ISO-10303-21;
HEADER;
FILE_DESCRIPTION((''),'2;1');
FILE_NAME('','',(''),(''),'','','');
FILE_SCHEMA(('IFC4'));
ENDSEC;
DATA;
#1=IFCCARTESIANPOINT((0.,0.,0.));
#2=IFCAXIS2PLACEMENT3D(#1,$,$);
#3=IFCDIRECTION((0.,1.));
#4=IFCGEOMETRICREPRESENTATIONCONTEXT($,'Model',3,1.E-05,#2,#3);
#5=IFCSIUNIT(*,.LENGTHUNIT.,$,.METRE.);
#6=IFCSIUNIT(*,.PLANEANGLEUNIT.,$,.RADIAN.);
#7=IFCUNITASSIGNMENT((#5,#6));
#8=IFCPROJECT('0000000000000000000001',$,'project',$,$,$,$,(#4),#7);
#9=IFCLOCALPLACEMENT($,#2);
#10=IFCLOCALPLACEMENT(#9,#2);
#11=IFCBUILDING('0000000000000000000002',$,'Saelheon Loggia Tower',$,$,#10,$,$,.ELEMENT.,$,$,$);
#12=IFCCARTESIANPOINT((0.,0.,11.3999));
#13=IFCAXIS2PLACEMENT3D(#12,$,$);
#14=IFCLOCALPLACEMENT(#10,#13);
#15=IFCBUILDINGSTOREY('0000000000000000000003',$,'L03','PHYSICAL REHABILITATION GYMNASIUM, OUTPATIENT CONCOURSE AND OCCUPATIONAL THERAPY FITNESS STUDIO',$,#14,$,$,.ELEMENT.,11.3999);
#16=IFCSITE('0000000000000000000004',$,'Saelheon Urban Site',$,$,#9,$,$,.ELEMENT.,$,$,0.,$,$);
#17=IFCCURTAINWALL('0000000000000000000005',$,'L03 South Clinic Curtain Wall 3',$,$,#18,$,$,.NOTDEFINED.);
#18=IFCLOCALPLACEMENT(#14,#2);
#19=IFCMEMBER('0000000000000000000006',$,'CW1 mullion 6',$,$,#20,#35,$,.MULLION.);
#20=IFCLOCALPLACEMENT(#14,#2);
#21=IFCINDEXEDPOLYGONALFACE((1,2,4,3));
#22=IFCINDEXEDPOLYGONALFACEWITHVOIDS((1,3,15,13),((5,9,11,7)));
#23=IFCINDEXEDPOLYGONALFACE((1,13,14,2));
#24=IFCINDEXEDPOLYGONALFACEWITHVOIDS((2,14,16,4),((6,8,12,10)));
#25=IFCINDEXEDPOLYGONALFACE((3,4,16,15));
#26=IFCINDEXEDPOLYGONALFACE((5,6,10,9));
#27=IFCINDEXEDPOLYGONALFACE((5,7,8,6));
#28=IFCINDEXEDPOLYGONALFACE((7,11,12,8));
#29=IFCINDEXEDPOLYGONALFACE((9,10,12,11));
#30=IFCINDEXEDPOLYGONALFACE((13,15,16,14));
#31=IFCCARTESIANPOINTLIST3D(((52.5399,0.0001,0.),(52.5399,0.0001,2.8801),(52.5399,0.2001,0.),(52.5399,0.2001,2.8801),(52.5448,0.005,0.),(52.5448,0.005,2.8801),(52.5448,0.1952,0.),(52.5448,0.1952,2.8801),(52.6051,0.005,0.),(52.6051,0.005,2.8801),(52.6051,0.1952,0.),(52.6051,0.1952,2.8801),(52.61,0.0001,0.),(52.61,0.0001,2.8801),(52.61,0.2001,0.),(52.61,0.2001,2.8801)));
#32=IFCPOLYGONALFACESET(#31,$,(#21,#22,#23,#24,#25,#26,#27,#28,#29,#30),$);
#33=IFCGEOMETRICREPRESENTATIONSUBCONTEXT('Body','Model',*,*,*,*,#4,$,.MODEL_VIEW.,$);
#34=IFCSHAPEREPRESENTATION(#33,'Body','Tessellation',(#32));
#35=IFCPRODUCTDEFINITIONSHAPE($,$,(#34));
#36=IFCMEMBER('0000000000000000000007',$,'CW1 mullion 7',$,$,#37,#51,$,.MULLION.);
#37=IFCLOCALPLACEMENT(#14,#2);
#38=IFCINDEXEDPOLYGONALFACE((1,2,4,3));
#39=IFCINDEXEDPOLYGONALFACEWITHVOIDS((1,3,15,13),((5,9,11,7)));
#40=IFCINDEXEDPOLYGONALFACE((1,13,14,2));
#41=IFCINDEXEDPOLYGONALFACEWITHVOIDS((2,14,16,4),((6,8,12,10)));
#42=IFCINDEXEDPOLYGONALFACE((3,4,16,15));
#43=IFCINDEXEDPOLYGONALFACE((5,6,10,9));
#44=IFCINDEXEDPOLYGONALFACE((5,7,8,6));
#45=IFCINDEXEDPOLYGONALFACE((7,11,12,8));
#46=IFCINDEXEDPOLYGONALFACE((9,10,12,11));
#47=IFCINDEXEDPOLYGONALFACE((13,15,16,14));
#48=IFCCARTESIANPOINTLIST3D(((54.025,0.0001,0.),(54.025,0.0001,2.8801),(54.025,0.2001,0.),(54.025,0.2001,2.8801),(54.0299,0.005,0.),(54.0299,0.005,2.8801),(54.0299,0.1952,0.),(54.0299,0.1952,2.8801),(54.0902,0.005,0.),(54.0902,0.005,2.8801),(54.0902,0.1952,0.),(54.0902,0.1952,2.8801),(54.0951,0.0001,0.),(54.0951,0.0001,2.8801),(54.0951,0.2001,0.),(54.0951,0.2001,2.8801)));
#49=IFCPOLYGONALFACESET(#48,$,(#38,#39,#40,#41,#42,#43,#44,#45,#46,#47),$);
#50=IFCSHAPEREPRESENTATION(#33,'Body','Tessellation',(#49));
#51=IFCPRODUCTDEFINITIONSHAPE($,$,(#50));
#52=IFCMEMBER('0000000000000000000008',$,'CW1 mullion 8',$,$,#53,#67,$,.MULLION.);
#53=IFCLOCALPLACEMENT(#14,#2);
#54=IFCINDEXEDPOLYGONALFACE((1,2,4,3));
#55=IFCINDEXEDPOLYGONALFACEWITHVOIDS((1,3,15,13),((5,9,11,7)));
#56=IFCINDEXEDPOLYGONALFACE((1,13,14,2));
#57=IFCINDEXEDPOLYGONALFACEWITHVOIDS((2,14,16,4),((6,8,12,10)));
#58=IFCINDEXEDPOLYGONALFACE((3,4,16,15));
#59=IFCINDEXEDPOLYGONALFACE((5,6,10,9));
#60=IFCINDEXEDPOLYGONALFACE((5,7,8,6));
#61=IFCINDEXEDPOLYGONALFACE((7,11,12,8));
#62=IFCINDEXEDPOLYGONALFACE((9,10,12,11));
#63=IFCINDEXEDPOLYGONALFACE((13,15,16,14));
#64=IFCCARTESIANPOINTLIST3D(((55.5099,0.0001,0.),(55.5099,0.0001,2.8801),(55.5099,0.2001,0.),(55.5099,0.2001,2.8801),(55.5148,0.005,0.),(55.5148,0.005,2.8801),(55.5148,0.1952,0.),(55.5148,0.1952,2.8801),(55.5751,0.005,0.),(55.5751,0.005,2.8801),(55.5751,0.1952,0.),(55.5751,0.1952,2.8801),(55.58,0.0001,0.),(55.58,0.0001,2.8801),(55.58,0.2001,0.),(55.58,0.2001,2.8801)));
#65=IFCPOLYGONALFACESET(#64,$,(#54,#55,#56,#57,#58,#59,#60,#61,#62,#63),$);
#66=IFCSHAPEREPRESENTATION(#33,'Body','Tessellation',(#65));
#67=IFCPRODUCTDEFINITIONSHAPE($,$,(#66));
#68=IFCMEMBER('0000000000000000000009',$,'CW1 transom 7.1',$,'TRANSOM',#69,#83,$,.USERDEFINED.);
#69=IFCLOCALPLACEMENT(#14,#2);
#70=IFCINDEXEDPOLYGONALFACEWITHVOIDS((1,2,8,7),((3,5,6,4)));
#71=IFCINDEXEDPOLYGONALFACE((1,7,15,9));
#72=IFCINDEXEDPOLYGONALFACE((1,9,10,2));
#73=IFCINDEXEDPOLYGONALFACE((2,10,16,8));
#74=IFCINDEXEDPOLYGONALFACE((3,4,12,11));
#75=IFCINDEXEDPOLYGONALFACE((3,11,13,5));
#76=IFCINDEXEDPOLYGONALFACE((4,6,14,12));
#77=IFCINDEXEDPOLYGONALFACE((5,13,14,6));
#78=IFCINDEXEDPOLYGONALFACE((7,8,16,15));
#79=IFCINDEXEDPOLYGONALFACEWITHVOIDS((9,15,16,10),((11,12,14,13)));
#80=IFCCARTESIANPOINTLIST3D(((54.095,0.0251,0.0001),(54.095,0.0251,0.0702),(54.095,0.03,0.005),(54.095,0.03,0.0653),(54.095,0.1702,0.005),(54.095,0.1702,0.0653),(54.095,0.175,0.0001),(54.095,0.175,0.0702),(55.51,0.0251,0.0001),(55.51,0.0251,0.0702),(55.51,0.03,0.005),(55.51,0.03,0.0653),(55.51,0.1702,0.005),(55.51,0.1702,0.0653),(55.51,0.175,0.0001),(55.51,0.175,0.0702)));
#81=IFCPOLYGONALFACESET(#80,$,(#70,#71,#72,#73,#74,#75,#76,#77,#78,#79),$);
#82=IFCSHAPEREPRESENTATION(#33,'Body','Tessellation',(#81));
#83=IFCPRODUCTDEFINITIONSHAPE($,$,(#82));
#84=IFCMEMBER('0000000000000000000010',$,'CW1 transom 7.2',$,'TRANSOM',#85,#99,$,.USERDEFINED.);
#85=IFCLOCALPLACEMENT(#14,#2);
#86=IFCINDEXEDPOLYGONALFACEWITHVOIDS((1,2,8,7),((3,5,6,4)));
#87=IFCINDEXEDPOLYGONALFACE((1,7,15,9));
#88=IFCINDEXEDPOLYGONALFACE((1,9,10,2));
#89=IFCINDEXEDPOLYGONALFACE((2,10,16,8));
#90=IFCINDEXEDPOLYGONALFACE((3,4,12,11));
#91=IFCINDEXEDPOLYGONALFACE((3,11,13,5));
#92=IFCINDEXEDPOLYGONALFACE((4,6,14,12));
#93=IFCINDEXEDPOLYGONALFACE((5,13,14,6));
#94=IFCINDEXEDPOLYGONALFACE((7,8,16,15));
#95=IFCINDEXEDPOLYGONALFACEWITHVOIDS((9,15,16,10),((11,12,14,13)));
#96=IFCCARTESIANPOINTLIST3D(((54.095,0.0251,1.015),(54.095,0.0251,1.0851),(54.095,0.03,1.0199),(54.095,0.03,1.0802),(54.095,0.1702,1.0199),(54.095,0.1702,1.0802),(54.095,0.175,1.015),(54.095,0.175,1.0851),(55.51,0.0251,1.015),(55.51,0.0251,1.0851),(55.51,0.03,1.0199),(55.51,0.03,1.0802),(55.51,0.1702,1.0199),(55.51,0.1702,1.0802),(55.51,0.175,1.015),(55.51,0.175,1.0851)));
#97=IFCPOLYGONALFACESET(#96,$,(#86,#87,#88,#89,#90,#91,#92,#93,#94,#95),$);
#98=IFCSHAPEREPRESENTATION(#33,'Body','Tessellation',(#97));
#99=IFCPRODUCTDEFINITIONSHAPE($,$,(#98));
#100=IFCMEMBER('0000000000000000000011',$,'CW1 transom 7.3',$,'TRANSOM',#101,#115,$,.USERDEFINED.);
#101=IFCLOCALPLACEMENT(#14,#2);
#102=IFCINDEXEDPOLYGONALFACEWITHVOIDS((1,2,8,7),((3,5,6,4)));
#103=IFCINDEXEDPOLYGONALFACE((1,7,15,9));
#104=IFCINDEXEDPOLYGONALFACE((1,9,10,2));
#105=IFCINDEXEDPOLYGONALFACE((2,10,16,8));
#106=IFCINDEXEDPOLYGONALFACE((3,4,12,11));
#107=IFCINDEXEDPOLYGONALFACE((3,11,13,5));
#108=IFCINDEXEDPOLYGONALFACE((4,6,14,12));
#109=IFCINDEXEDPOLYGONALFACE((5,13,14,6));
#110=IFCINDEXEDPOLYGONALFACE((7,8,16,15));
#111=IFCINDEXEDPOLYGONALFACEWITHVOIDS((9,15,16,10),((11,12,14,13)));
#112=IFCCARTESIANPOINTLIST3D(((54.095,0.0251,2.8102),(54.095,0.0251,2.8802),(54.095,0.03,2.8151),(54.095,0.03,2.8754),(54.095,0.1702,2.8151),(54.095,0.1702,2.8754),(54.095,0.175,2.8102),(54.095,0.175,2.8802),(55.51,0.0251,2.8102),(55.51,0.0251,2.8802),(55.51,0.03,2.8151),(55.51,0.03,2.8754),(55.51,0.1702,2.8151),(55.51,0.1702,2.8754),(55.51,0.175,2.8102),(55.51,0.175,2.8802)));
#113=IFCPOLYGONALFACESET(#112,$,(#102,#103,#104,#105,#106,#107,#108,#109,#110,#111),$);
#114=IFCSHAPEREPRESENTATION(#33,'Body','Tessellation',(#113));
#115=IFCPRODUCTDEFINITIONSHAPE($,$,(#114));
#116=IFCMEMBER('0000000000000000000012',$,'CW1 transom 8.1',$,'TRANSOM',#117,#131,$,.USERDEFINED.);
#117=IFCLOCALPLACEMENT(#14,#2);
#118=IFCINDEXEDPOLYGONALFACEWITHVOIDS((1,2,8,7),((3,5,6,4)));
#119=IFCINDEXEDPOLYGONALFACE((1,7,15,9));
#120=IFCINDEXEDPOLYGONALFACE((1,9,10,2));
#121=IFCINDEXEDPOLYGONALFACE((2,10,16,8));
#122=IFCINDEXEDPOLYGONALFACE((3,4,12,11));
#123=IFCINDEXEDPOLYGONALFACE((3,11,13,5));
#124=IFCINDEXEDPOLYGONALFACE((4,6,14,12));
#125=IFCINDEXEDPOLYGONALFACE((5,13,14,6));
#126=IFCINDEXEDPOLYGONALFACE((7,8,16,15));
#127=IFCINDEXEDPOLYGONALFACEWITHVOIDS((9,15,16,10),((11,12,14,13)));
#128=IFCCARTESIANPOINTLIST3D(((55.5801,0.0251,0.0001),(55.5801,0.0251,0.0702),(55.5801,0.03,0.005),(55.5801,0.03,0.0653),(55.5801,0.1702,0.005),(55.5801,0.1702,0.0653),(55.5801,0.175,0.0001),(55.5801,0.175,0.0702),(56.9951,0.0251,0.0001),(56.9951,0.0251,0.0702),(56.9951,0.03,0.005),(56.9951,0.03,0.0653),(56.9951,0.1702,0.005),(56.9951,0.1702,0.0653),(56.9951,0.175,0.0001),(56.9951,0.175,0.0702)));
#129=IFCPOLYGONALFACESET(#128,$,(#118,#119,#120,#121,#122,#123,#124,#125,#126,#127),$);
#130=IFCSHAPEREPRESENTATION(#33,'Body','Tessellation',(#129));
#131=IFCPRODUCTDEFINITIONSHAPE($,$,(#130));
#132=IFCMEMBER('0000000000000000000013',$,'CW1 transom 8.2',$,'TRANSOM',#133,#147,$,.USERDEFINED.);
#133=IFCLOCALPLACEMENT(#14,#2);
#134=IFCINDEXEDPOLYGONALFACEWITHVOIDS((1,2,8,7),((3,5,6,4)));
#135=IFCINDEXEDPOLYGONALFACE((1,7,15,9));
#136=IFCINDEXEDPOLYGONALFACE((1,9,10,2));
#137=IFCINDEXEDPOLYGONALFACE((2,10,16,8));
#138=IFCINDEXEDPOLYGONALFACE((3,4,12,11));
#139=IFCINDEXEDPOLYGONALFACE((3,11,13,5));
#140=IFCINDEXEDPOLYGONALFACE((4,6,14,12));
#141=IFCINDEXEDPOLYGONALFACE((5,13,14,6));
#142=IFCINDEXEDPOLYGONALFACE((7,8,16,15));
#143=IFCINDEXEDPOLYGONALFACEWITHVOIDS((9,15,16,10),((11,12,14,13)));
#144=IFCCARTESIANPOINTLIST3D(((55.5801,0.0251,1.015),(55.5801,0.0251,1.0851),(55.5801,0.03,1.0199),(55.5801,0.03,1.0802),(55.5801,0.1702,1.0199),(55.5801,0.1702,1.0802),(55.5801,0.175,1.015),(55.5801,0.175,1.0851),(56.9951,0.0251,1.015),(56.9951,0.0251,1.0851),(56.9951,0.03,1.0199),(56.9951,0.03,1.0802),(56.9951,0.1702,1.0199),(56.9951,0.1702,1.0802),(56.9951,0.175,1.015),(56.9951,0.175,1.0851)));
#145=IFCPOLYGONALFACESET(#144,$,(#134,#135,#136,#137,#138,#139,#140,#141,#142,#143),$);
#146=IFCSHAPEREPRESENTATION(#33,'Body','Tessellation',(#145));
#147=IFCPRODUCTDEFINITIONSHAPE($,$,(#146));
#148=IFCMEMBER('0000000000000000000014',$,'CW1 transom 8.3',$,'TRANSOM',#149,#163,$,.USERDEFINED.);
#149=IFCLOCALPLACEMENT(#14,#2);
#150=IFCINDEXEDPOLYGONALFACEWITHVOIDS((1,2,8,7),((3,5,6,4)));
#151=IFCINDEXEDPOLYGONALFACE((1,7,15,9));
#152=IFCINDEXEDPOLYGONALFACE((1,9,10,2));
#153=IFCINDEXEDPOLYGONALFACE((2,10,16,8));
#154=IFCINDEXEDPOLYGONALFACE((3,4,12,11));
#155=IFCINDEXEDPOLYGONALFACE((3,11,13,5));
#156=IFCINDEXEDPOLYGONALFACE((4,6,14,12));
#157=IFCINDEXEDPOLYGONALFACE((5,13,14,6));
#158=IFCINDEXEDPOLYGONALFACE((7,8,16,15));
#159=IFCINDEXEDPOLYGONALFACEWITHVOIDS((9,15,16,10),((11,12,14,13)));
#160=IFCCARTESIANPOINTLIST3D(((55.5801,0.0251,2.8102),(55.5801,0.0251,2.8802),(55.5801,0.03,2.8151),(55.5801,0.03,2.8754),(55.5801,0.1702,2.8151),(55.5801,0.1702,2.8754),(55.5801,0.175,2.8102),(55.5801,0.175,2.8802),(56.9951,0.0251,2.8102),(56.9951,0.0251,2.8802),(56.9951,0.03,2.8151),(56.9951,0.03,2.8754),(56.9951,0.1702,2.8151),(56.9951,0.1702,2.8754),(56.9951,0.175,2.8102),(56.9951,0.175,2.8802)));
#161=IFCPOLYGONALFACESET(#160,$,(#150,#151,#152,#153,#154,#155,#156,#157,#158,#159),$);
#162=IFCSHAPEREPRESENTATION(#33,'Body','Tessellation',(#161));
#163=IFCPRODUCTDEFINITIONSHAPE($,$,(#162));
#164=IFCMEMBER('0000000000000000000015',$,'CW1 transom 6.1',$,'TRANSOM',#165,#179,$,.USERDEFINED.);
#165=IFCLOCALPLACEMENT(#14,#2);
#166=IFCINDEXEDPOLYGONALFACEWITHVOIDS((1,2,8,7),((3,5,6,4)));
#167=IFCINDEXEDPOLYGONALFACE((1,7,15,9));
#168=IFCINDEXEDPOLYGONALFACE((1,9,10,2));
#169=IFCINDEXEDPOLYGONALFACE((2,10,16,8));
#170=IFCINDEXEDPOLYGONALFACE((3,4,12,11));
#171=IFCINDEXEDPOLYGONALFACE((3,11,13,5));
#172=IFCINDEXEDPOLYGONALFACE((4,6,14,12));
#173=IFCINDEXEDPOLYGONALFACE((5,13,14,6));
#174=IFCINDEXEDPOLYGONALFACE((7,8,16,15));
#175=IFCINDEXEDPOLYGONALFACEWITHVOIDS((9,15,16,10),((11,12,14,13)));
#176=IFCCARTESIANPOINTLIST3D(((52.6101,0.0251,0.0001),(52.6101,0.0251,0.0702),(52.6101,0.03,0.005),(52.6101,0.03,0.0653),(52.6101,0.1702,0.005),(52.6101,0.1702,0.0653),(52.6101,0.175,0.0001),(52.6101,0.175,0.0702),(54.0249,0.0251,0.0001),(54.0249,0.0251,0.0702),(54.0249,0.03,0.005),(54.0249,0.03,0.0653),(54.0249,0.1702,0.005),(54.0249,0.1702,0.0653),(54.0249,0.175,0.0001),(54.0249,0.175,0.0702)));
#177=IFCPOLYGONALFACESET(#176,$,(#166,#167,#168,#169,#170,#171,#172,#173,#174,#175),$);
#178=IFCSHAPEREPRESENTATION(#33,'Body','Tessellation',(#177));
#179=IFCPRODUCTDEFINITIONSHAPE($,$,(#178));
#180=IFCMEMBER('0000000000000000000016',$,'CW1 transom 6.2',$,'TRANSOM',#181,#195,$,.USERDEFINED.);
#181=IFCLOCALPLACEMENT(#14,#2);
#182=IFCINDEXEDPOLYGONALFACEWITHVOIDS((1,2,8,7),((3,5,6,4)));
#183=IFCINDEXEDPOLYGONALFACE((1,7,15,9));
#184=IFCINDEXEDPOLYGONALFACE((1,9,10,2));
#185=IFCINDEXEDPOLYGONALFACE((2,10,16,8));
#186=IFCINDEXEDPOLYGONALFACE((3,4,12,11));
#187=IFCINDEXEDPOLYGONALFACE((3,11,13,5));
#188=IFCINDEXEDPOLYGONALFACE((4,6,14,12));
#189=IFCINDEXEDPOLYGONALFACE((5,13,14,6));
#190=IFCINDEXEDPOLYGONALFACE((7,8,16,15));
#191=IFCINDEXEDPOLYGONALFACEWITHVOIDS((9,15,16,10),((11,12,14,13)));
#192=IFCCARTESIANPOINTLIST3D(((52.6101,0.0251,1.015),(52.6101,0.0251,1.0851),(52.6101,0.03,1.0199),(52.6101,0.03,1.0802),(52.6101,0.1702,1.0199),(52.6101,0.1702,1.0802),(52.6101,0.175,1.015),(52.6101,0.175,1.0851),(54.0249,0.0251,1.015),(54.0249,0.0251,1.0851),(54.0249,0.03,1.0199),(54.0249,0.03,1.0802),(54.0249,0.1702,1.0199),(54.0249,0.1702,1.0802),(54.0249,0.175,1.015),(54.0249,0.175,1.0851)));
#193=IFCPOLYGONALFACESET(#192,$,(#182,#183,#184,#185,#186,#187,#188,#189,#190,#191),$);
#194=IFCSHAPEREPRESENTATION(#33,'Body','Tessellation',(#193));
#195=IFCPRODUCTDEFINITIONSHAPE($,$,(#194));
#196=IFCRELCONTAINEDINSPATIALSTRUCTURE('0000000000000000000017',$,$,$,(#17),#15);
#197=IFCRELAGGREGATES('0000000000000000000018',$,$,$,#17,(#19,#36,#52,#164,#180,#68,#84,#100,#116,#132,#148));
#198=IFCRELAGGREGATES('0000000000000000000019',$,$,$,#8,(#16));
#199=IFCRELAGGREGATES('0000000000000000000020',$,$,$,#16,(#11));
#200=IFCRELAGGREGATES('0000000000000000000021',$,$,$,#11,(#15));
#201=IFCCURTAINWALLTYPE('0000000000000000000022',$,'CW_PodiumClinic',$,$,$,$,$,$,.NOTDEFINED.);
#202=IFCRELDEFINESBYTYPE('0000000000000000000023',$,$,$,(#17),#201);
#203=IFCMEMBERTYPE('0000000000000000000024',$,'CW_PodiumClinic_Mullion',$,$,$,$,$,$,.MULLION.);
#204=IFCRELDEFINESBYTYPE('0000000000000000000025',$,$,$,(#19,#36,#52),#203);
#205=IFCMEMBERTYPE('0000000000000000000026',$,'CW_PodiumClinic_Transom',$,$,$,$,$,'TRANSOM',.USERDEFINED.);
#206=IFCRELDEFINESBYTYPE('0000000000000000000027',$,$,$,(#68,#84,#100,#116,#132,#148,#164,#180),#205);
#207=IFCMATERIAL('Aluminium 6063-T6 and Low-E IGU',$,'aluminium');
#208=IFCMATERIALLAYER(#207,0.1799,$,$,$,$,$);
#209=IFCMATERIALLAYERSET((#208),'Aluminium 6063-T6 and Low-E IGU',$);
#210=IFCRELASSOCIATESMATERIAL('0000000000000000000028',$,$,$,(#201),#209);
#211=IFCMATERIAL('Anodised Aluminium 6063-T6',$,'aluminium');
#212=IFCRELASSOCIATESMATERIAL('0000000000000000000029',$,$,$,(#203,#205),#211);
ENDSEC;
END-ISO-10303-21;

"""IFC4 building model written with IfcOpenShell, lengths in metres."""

from ifc_helpers import new_model, si_unit, direction, frame, origin, origin_2d, place, context, subcontext, project, spatial, hollow_rectangle, extrude, source, transform, mapped, material, layer, layer_set, material_profile, profile_set, type_object, element, aggregate, save


model = new_model("IFC4")

# Units and contexts
model_context = context("Model", 3, precision=1e-05, world=origin(), true_north=direction((0.0, 1.0)))
body_context = subcontext(model_context, "Body", "Model", "MODEL_VIEW")
ifc_project = project(units=[si_unit("LENGTHUNIT", "METRE"), si_unit("PLANEANGLEUNIT", "RADIAN")], contexts=[model_context])

# Site, building, storey
site_placement = place(None, origin())
site = spatial("IfcSite", under=ifc_project, at=site_placement, Name="Saelheon Urban Site", CompositionType="ELEMENT", RefElevation=0.0)
building_placement = place(site_placement, origin())
building = spatial("IfcBuilding", under=site, at=building_placement, Name="Saelheon Loggia Tower", CompositionType="ELEMENT")
storey_placement = place(building_placement, frame((0.0, 0.0, 11.3999)))
storey = spatial("IfcBuildingStorey", under=building, at=storey_placement, Name="L03", Description="PHYSICAL REHABILITATION GYMNASIUM, OUTPATIENT CONCOURSE AND OCCUPATIONAL THERAPY FITNESS STUDIO", CompositionType="ELEMENT", Elevation=11.3999)

# Curtain wall, members
ifc_material_1 = material(Name="Aluminium 6063-T6 and Low-E IGU", Category="aluminium")
ifc_layer_1 = layer(ifc_material_1, 0.1799)
ifc_layer_set_1 = layer_set([ifc_layer_1], Name="Aluminium 6063-T6 and Low-E IGU")
curtain_wall_type = type_object("IfcCurtainWallType", Name="CW_PodiumClinic", PredefinedType="NOTDEFINED", material=ifc_layer_set_1)
curtain_wall_placement = place(storey_placement, origin())
curtain_wall = element("IfcCurtainWall", 1, at=curtain_wall_placement, inside=storey, type_object=curtain_wall_type, Name="L03 South Clinic Curtain Wall 3", PredefinedType="NOTDEFINED")
ifc_material_2 = material(Name="Anodised Aluminium 6063-T6", Category="aluminium")
ifc_material_profile_1 = material_profile(ifc_material_2, hollow_rectangle(XDim=0.0701, YDim=0.2, WallThickness=0.0049, at=origin_2d()), Name="RHS-200x70x5")
ifc_profile_set_1 = profile_set([ifc_material_profile_1], Name="Anodised Aluminium 6063-T6")
member_type_1 = type_object("IfcMemberType", Name="CW_PodiumClinic_Mullion", PredefinedType="MULLION", material=ifc_profile_set_1)
shared_shape_1 = source(origin(), body_context, "Body", "SweptSolid", [
    extrude(hollow_rectangle(XDim=0.0701, YDim=0.2, WallThickness=0.0049, at=origin_2d()), origin(), (0.0, 0.0, 1.0), 2.8801),
])
member_1_placement = place(storey_placement, frame((52.575, 0.1001, 0.0), z_axis=(0.0, 0.0, 1.0), x_axis=(1.0, 0.0, 0.0)))
member_1 = element("IfcMember", 2, at=member_1_placement, type_object=member_type_1, Name="CW1 mullion 6", PredefinedType="MULLION", context=body_context, shape_type="MappedRepresentation", body=[
    mapped(shared_shape_1, transform((0.0, 0.0, 0.0), scale=1.0)),
])
member_2_placement = place(storey_placement, frame((54.0601, 0.1001, 0.0), z_axis=(0.0, 0.0, 1.0), x_axis=(1.0, 0.0, 0.0)))
member_2 = element("IfcMember", 3, at=member_2_placement, type_object=member_type_1, Name="CW1 mullion 7", PredefinedType="MULLION", context=body_context, shape_type="MappedRepresentation", body=[
    mapped(shared_shape_1, transform((0.0, 0.0, 0.0), scale=1.0)),
])
member_3_placement = place(storey_placement, frame((55.5449, 0.1001, 0.0), z_axis=(0.0, 0.0, 1.0), x_axis=(1.0, 0.0, 0.0)))
member_3 = element("IfcMember", 4, at=member_3_placement, type_object=member_type_1, Name="CW1 mullion 8", PredefinedType="MULLION", context=body_context, shape_type="MappedRepresentation", body=[
    mapped(shared_shape_1, transform((0.0, 0.0, 0.0), scale=1.0)),
])
ifc_material_profile_2 = material_profile(ifc_material_2, hollow_rectangle(XDim=0.0701, YDim=0.1499, WallThickness=0.0049, at=origin_2d()), Name="RHS-150x70x5")
ifc_profile_set_2 = profile_set([ifc_material_profile_2], Name="Anodised Aluminium 6063-T6")
member_type_2 = type_object("IfcMemberType", Name="CW_PodiumClinic_Transom", ElementType="TRANSOM", PredefinedType="USERDEFINED", material=ifc_profile_set_2)
shared_shape_2 = source(origin(), body_context, "Body", "SweptSolid", [
    extrude(hollow_rectangle(XDim=0.0701, YDim=0.1499, WallThickness=0.0049, at=origin_2d()), origin(), (0.0, 0.0, 1.0), 1.415),
])
member_4_placement = place(storey_placement, frame((54.095, 0.1001, 0.0352), z_axis=(1.0, 0.0, 0.0), x_axis=(0.0, 0.0, 1.0)))
member_4 = element("IfcMember", 5, at=member_4_placement, type_object=member_type_2, Name="CW1 transom 7.1", ObjectType="TRANSOM", PredefinedType="USERDEFINED", context=body_context, shape_type="MappedRepresentation", body=[
    mapped(shared_shape_2, transform((0.0, 0.0, 0.0), scale=1.0)),
])
member_5_placement = place(storey_placement, frame((54.095, 0.1001, 1.05), z_axis=(1.0, 0.0, 0.0), x_axis=(0.0, 0.0, 1.0)))
member_5 = element("IfcMember", 6, at=member_5_placement, type_object=member_type_2, Name="CW1 transom 7.2", ObjectType="TRANSOM", PredefinedType="USERDEFINED", context=body_context, shape_type="MappedRepresentation", body=[
    mapped(shared_shape_2, transform((0.0, 0.0, 0.0), scale=1.0)),
])
member_6_placement = place(storey_placement, frame((54.095, 0.1001, 2.8452), z_axis=(1.0, 0.0, 0.0), x_axis=(0.0, 0.0, 1.0)))
member_6 = element("IfcMember", 7, at=member_6_placement, type_object=member_type_2, Name="CW1 transom 7.3", ObjectType="TRANSOM", PredefinedType="USERDEFINED", context=body_context, shape_type="MappedRepresentation", body=[
    mapped(shared_shape_2, transform((0.0, 0.0, 0.0), scale=1.0)),
])
member_7_placement = place(storey_placement, frame((55.5801, 0.1001, 0.0352), z_axis=(1.0, 0.0, 0.0), x_axis=(0.0, 0.0, 1.0)))
member_7 = element("IfcMember", 8, at=member_7_placement, type_object=member_type_2, Name="CW1 transom 8.1", ObjectType="TRANSOM", PredefinedType="USERDEFINED", context=body_context, shape_type="MappedRepresentation", body=[
    mapped(shared_shape_2, transform((0.0, 0.0, 0.0), scale=1.0)),
])
member_8_placement = place(storey_placement, frame((55.5801, 0.1001, 1.05), z_axis=(1.0, 0.0, 0.0), x_axis=(0.0, 0.0, 1.0)))
member_8 = element("IfcMember", 9, at=member_8_placement, type_object=member_type_2, Name="CW1 transom 8.2", ObjectType="TRANSOM", PredefinedType="USERDEFINED", context=body_context, shape_type="MappedRepresentation", body=[
    mapped(shared_shape_2, transform((0.0, 0.0, 0.0), scale=1.0)),
])
member_9_placement = place(storey_placement, frame((55.5801, 0.1001, 2.8452), z_axis=(1.0, 0.0, 0.0), x_axis=(0.0, 0.0, 1.0)))
member_9 = element("IfcMember", 10, at=member_9_placement, type_object=member_type_2, Name="CW1 transom 8.3", ObjectType="TRANSOM", PredefinedType="USERDEFINED", context=body_context, shape_type="MappedRepresentation", body=[
    mapped(shared_shape_2, transform((0.0, 0.0, 0.0), scale=1.0)),
])
shared_shape_3 = source(origin(), body_context, "Body", "SweptSolid", [
    extrude(hollow_rectangle(XDim=0.0701, YDim=0.1499, WallThickness=0.0049, at=origin_2d()), origin(), (0.0, 0.0, 1.0), 1.4148),
])
member_10_placement = place(storey_placement, frame((52.6101, 0.1001, 0.0352), z_axis=(1.0, 0.0, 0.0), x_axis=(0.0, 0.0, 1.0)))
member_10 = element("IfcMember", 11, at=member_10_placement, type_object=member_type_2, Name="CW1 transom 6.1", ObjectType="TRANSOM", PredefinedType="USERDEFINED", context=body_context, shape_type="MappedRepresentation", body=[
    mapped(shared_shape_3, transform((0.0, 0.0, 0.0), scale=1.0)),
])
member_11_placement = place(storey_placement, frame((52.6101, 0.1001, 1.05), z_axis=(1.0, 0.0, 0.0), x_axis=(0.0, 0.0, 1.0)))
member_11 = element("IfcMember", 12, at=member_11_placement, type_object=member_type_2, Name="CW1 transom 6.2", ObjectType="TRANSOM", PredefinedType="USERDEFINED", context=body_context, shape_type="MappedRepresentation", body=[
    mapped(shared_shape_3, transform((0.0, 0.0, 0.0), scale=1.0)),
])
aggregate(curtain_wall, [member_1, member_2, member_3, member_10, member_11, member_4, member_5, member_6, member_7, member_8, member_9])

save(model, "model.ifc")
